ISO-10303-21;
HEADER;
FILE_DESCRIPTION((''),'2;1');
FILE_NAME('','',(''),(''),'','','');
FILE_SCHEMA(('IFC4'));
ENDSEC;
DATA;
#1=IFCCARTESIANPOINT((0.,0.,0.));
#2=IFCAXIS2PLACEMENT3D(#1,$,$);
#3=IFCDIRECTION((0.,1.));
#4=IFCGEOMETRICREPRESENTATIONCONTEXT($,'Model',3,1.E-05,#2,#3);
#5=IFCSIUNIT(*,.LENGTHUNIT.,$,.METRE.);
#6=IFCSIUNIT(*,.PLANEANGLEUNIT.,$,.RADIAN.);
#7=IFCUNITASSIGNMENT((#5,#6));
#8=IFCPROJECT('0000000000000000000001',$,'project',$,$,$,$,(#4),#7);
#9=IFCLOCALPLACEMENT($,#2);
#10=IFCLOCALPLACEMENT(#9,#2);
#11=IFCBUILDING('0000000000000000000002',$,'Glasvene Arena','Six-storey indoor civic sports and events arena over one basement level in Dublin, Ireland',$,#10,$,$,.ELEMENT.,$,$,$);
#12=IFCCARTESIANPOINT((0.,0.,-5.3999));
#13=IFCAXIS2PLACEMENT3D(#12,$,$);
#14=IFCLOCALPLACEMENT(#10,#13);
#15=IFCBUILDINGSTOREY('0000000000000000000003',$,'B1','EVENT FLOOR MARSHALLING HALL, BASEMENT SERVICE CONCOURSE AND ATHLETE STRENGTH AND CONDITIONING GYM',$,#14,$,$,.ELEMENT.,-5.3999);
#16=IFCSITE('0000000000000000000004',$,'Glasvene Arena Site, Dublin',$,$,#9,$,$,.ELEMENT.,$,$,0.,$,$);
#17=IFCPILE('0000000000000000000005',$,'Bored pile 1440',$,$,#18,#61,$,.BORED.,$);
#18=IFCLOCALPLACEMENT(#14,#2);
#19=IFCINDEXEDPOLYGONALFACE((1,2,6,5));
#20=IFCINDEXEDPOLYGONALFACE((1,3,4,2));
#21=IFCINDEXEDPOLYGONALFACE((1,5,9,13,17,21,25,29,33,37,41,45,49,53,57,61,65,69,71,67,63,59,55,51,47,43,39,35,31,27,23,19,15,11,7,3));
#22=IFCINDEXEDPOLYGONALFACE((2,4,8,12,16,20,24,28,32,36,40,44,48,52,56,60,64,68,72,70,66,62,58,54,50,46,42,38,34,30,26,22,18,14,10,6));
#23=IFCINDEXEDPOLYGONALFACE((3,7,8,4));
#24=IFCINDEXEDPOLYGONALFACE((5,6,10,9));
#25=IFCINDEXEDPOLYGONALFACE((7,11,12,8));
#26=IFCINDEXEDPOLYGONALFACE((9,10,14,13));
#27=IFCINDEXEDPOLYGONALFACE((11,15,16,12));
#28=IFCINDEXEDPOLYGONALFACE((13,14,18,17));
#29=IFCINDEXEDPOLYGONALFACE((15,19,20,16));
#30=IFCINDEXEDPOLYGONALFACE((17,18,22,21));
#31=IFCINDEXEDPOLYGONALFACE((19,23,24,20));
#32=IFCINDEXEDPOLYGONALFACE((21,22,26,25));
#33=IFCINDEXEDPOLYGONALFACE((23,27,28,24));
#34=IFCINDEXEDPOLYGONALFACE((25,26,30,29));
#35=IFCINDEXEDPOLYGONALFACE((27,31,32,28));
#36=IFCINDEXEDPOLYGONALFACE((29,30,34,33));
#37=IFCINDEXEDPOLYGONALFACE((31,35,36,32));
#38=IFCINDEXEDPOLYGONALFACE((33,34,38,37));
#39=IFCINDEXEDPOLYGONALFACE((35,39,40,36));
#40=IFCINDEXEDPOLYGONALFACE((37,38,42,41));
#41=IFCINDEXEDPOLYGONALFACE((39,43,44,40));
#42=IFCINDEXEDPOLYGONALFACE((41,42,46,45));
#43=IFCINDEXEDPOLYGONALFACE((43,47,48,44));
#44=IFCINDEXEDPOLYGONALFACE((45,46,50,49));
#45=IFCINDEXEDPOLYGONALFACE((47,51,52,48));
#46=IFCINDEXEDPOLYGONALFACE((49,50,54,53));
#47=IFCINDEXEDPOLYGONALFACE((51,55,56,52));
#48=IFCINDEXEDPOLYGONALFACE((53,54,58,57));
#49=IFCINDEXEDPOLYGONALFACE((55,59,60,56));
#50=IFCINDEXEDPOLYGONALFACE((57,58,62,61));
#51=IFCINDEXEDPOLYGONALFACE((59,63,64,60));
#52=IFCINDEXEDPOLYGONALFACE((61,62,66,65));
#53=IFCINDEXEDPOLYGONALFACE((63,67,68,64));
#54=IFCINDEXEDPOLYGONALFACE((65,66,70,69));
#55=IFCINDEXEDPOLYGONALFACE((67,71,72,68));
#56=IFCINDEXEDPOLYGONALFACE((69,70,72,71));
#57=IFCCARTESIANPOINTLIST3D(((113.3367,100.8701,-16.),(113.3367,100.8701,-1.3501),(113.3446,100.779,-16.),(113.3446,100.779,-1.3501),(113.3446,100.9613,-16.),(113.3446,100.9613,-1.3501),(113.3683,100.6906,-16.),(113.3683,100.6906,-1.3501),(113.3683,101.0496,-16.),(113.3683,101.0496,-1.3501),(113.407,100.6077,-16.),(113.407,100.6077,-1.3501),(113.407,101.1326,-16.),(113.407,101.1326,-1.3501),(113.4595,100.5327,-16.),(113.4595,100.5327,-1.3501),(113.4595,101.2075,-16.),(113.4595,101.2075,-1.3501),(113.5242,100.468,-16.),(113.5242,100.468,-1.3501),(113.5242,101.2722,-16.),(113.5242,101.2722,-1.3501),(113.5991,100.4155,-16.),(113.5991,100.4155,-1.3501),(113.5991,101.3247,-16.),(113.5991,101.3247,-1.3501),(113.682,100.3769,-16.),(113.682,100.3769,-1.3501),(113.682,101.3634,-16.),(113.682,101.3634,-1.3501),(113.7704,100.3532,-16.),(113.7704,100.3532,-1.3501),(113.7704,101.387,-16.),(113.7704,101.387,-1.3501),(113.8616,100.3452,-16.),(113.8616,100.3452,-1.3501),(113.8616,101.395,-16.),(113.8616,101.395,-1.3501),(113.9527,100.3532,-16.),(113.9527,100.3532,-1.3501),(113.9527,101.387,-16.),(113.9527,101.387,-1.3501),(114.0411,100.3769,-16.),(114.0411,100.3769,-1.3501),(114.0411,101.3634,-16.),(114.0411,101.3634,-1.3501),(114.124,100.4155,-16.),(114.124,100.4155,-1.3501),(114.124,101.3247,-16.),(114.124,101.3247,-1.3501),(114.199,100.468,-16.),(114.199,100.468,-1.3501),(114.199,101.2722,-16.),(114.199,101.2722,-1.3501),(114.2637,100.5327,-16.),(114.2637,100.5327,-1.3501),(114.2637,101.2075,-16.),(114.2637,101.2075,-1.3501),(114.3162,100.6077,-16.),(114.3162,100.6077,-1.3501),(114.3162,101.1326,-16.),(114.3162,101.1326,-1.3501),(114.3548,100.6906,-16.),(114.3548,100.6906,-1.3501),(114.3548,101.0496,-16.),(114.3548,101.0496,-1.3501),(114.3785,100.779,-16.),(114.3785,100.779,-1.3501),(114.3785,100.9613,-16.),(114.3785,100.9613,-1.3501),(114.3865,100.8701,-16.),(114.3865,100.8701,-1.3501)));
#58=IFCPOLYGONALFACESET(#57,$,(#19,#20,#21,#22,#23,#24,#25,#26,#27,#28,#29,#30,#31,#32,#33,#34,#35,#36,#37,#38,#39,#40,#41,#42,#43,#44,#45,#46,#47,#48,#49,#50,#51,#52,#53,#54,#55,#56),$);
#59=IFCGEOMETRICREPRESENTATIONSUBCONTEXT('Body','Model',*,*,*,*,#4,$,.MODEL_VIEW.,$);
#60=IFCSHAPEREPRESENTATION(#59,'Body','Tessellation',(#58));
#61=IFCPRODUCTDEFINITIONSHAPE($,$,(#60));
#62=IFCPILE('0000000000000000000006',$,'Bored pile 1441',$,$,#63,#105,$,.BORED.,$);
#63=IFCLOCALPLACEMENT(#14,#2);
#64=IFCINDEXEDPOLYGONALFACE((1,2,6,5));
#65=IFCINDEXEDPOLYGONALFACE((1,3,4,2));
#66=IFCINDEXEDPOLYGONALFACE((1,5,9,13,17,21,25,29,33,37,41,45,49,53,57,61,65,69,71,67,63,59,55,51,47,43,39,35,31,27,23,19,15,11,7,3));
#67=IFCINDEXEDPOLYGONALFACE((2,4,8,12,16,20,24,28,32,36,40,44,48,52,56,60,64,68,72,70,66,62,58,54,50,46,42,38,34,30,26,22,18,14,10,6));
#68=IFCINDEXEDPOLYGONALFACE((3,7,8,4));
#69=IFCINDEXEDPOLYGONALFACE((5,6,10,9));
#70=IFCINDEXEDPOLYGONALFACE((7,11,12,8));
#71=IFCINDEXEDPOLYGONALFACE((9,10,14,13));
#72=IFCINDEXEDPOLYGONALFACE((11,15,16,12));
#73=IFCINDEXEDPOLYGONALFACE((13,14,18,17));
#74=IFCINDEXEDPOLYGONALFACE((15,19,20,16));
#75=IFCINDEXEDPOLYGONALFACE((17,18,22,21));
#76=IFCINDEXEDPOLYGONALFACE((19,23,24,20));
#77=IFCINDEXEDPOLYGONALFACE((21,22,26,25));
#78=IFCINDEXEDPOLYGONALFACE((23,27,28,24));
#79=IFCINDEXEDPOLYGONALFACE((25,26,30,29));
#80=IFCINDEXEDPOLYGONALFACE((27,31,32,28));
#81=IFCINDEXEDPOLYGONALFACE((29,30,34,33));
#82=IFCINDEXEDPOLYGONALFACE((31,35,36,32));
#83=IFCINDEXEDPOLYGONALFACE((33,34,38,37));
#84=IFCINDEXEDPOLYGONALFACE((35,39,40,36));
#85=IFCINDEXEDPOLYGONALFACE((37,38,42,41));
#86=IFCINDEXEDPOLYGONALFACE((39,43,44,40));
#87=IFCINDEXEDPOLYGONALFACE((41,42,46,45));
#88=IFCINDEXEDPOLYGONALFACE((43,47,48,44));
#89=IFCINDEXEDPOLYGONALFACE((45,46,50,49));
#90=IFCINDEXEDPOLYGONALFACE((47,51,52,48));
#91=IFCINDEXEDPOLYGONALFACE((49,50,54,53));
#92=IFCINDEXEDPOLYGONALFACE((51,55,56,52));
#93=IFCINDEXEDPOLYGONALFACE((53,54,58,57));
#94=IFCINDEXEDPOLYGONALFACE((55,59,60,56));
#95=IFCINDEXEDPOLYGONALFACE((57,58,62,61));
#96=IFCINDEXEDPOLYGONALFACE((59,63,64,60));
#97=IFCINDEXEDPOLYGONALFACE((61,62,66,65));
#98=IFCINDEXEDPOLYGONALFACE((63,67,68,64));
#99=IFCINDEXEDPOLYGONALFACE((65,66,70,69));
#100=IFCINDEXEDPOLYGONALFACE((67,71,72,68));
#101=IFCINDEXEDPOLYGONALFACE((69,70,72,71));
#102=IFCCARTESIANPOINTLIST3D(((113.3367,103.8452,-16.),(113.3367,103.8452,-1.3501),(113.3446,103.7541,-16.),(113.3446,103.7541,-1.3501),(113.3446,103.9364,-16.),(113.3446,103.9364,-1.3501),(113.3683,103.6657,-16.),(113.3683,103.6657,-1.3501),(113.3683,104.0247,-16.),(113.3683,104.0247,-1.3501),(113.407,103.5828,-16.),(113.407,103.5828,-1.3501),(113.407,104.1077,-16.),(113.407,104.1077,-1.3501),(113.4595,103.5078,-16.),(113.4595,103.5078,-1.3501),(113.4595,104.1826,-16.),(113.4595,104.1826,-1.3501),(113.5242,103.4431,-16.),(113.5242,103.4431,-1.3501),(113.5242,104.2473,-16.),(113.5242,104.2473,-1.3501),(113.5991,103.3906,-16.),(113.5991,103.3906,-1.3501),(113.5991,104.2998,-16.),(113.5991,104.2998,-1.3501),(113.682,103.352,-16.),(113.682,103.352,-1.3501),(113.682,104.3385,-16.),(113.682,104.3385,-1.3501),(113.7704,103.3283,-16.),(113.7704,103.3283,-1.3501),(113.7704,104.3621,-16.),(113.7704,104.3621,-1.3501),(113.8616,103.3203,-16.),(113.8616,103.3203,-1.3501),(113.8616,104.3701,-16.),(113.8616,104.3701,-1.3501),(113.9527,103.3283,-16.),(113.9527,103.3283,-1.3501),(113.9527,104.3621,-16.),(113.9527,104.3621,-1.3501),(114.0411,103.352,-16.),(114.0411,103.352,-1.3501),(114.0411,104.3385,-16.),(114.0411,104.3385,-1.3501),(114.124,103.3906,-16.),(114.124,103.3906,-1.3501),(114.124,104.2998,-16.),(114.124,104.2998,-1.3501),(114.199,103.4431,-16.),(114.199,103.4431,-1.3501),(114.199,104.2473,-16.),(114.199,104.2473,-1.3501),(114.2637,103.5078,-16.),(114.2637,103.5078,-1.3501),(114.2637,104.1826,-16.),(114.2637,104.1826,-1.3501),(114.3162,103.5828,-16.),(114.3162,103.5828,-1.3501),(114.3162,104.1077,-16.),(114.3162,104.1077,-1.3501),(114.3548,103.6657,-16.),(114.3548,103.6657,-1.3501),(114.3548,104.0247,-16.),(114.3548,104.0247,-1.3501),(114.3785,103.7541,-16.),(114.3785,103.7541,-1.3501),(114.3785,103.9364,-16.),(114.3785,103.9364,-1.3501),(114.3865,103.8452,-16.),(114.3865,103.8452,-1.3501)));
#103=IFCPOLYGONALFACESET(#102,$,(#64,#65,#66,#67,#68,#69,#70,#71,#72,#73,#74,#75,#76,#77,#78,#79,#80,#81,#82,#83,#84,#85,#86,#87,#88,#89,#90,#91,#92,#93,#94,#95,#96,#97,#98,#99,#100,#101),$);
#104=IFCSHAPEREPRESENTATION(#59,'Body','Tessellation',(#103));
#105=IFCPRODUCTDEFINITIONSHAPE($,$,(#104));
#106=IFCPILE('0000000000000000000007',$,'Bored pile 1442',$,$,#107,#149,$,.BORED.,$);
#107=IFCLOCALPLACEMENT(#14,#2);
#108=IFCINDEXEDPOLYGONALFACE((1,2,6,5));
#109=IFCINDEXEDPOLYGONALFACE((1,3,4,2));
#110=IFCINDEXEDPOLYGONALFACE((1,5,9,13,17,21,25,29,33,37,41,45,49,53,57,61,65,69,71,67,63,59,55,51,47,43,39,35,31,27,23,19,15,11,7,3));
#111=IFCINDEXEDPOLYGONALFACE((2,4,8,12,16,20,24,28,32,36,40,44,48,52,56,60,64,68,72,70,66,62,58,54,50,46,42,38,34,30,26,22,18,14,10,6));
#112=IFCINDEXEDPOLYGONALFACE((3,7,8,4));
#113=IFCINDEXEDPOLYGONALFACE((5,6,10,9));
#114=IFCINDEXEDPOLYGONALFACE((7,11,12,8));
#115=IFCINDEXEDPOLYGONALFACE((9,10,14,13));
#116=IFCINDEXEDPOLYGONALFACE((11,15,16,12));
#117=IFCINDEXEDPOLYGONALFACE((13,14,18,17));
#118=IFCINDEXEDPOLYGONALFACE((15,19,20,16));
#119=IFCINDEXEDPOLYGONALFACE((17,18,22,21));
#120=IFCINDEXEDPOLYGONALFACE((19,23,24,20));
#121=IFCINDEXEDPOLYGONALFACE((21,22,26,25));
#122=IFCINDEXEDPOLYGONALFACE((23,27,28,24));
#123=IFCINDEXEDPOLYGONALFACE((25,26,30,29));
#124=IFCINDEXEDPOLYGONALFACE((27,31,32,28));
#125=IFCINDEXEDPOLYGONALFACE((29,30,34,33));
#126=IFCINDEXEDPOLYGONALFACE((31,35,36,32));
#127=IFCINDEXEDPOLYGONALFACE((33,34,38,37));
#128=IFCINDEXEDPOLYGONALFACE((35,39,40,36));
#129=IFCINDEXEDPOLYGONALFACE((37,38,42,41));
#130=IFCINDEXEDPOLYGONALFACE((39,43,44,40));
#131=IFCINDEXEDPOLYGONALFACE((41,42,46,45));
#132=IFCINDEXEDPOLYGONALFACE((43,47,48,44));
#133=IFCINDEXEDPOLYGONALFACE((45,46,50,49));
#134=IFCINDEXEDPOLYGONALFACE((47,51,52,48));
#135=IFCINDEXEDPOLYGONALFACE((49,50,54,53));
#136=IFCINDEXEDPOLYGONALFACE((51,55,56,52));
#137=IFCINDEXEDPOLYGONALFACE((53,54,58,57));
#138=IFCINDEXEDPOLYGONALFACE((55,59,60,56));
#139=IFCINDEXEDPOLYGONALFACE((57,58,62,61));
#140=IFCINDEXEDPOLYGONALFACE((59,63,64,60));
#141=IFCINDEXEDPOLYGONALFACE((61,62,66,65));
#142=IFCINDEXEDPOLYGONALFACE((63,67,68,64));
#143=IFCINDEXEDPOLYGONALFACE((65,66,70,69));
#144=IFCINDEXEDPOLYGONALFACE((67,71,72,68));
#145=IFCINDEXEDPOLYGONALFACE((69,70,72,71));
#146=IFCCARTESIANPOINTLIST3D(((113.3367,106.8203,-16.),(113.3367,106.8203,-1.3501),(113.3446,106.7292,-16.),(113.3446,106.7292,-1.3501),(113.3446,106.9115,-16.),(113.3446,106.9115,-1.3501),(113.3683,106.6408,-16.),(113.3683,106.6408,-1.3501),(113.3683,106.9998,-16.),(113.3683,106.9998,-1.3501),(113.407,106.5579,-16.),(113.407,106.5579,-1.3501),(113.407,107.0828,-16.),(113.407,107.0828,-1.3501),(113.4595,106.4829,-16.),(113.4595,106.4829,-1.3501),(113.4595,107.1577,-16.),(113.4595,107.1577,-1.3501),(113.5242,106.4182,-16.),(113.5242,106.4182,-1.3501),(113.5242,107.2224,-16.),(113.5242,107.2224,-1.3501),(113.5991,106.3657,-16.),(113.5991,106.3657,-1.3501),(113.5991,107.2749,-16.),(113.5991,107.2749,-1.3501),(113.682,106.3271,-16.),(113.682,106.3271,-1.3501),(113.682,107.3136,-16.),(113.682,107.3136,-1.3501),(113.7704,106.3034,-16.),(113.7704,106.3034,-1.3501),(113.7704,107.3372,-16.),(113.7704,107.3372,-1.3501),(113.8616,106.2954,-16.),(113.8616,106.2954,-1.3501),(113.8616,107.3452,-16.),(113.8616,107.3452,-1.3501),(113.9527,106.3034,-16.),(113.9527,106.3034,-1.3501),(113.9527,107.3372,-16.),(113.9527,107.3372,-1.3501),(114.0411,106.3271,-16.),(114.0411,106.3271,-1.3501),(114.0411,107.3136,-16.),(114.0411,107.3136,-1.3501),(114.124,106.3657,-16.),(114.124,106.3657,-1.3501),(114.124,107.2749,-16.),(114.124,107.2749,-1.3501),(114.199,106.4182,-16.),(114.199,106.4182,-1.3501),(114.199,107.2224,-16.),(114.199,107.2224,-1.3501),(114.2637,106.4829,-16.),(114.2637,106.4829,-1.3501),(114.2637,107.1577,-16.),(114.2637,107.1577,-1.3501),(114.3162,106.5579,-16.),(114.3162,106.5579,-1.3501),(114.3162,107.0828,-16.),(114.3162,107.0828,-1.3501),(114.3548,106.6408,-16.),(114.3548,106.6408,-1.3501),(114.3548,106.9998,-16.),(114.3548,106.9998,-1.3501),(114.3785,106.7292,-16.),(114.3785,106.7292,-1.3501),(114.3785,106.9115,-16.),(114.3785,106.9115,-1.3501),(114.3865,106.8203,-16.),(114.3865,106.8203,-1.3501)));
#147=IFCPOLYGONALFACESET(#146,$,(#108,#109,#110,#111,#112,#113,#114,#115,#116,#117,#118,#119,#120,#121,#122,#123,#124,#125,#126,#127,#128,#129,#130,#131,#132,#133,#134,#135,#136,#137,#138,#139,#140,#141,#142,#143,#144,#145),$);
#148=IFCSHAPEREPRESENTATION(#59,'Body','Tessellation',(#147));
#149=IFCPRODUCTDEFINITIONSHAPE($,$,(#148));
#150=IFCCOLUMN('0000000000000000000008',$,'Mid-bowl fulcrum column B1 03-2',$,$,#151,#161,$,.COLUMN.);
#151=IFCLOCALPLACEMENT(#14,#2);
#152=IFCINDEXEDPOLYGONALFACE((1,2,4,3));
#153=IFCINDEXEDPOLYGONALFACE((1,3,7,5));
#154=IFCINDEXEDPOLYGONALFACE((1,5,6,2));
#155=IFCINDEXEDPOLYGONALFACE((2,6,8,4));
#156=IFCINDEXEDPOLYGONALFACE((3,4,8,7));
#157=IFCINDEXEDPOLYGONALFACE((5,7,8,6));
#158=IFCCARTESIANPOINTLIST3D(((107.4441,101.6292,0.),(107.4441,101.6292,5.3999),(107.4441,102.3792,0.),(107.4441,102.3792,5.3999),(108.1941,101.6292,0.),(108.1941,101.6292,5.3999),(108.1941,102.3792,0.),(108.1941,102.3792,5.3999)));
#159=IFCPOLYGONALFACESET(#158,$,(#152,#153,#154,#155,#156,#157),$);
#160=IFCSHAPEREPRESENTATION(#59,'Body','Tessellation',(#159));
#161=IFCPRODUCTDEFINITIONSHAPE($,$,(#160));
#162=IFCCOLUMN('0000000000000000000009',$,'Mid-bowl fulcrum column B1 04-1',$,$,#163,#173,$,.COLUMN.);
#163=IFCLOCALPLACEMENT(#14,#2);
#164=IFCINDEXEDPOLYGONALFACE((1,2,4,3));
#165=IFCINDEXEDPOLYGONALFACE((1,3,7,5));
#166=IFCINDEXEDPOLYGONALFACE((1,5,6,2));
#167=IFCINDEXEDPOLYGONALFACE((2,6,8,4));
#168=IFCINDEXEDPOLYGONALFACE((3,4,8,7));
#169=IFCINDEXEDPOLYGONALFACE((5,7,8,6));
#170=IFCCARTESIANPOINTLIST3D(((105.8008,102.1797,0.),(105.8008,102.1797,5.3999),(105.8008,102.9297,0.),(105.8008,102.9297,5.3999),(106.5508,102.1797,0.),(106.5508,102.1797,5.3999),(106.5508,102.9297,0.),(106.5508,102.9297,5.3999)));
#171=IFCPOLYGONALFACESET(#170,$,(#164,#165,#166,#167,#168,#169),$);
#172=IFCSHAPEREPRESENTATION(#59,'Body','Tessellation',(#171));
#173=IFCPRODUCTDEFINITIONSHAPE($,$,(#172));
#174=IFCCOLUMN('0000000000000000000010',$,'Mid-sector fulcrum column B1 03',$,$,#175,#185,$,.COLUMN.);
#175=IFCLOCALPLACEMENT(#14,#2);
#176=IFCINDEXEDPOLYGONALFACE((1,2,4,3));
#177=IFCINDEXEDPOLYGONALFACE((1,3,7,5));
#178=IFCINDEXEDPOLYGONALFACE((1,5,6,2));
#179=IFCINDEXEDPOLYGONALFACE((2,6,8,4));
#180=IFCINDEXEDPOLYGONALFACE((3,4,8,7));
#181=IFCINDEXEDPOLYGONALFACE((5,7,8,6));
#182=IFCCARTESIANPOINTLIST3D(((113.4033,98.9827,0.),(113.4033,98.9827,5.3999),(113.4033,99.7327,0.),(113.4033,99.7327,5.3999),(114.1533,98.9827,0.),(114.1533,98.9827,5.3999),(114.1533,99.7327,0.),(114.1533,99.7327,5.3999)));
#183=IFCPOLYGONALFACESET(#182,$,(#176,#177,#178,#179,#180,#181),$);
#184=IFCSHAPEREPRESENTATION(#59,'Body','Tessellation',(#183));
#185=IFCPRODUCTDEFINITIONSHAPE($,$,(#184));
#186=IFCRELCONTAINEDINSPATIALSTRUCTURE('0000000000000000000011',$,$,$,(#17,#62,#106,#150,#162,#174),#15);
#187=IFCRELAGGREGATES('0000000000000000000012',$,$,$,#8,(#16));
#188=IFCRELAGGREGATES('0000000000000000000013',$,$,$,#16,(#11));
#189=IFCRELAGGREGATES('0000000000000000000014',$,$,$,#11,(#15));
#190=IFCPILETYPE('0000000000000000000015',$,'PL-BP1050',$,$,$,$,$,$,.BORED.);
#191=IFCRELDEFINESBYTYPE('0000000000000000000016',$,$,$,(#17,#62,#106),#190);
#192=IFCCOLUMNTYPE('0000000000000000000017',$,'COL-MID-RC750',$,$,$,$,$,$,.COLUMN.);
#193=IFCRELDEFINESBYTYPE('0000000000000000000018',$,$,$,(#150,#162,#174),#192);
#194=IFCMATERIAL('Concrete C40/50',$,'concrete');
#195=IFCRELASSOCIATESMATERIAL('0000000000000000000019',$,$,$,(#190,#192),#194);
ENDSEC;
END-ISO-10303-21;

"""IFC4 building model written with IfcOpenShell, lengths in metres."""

from ifc_helpers import new_model, si_unit, direction, frame, origin, origin_2d, place, context, subcontext, project, spatial, rectangle, circle, extrude, material, material_profile, profile_set, type_object, element, save


model = new_model("IFC4")

# Units and contexts
model_context = context("Model", 3, precision=1e-05, world=origin(), true_north=direction((0.0, 1.0)))
body_context = subcontext(model_context, "Body", "Model", "MODEL_VIEW")
ifc_project = project(units=[si_unit("LENGTHUNIT", "METRE"), si_unit("PLANEANGLEUNIT", "RADIAN")], contexts=[model_context])

# Site, building, storey
site_placement = place(None, origin())
site = spatial("IfcSite", under=ifc_project, at=site_placement, Name="Glasvene Arena Site, Dublin", CompositionType="ELEMENT", RefElevation=0.0)
building_placement = place(site_placement, origin())
building = spatial("IfcBuilding", under=site, at=building_placement, Name="Glasvene Arena", Description="Six-storey indoor civic sports and events arena over one basement level in Dublin, Ireland", CompositionType="ELEMENT")
storey_placement = place(building_placement, frame((0.0, 0.0, -5.3999)))
storey = spatial("IfcBuildingStorey", under=building, at=storey_placement, Name="B1", Description="EVENT FLOOR MARSHALLING HALL, BASEMENT SERVICE CONCOURSE AND ATHLETE STRENGTH AND CONDITIONING GYM", CompositionType="ELEMENT", Elevation=-5.3999)

# Piles
ifc_material_1 = material(Name="Concrete C40/50", Category="concrete")
ifc_material_profile_1 = material_profile(ifc_material_1, circle(Radius=0.5249, at=origin_2d()), Name="BORED PILE 1050")
ifc_profile_set_1 = profile_set([ifc_material_profile_1], Name="Concrete C40/50")
pile_type = type_object("IfcPileType", Name="PL-BP1050", PredefinedType="BORED", material=ifc_profile_set_1)
for number, where, z_axis, x_axis, name in (
    (1, (113.8616, 100.8701, -1.3501), (0.0, 0.0, -1.0), (1.0, 0.0, 0.0), "Bored pile 1440"),
    (2, (113.8616, 103.8452, -1.3501), (0.0, 0.0, -1.0), (1.0, 0.0, 0.0), "Bored pile 1441"),
    (3, (113.8616, 106.8203, -1.3501), (0.0, 0.0, -1.0), (1.0, 0.0, 0.0), "Bored pile 1442"),
):
    element("IfcPile", number, at=place(storey_placement, frame(where, z_axis=z_axis, x_axis=x_axis)), inside=storey, type_object=pile_type, Name=name, PredefinedType="BORED", context=body_context, shape_type="SweptSolid", body=[
        extrude(circle(Radius=0.5249, at=origin_2d()), origin(), (0.0, 0.0, 1.0), 14.6499),
    ])

# Columns
ifc_material_profile_2 = material_profile(ifc_material_1, rectangle(XDim=0.75, YDim=0.75, at=origin_2d()), Name="RC 750x750")
ifc_profile_set_2 = profile_set([ifc_material_profile_2], Name="Concrete C40/50")
column_type_1 = type_object("IfcColumnType", Name="COL-MID-RC750", PredefinedType="COLUMN", material=ifc_profile_set_2)
for number, where, z_axis, x_axis, name in (
    (4, (107.8191, 102.0042, 0.0), (0.0, 0.0, 1.0), (1.0, 0.0, 0.0), "Mid-bowl fulcrum column B1 03-2"),
    (5, (106.1758, 102.5547, 0.0), (0.0, 0.0, 1.0), (1.0, 0.0, 0.0), "Mid-bowl fulcrum column B1 04-1"),
    (6, (113.7783, 99.3577, 0.0), (0.0, 0.0, 1.0), (1.0, 0.0, 0.0), "Mid-sector fulcrum column B1 03"),
):
    element("IfcColumn", number, at=place(storey_placement, frame(where, z_axis=z_axis, x_axis=x_axis)), inside=storey, type_object=column_type_1, Name=name, PredefinedType="COLUMN", context=body_context, shape_type="SweptSolid", body=[
        extrude(rectangle(XDim=0.75, YDim=0.75, at=origin_2d()), origin(), (0.0, 0.0, 1.0), 5.3999),
    ])

save(model, "model.ifc")
